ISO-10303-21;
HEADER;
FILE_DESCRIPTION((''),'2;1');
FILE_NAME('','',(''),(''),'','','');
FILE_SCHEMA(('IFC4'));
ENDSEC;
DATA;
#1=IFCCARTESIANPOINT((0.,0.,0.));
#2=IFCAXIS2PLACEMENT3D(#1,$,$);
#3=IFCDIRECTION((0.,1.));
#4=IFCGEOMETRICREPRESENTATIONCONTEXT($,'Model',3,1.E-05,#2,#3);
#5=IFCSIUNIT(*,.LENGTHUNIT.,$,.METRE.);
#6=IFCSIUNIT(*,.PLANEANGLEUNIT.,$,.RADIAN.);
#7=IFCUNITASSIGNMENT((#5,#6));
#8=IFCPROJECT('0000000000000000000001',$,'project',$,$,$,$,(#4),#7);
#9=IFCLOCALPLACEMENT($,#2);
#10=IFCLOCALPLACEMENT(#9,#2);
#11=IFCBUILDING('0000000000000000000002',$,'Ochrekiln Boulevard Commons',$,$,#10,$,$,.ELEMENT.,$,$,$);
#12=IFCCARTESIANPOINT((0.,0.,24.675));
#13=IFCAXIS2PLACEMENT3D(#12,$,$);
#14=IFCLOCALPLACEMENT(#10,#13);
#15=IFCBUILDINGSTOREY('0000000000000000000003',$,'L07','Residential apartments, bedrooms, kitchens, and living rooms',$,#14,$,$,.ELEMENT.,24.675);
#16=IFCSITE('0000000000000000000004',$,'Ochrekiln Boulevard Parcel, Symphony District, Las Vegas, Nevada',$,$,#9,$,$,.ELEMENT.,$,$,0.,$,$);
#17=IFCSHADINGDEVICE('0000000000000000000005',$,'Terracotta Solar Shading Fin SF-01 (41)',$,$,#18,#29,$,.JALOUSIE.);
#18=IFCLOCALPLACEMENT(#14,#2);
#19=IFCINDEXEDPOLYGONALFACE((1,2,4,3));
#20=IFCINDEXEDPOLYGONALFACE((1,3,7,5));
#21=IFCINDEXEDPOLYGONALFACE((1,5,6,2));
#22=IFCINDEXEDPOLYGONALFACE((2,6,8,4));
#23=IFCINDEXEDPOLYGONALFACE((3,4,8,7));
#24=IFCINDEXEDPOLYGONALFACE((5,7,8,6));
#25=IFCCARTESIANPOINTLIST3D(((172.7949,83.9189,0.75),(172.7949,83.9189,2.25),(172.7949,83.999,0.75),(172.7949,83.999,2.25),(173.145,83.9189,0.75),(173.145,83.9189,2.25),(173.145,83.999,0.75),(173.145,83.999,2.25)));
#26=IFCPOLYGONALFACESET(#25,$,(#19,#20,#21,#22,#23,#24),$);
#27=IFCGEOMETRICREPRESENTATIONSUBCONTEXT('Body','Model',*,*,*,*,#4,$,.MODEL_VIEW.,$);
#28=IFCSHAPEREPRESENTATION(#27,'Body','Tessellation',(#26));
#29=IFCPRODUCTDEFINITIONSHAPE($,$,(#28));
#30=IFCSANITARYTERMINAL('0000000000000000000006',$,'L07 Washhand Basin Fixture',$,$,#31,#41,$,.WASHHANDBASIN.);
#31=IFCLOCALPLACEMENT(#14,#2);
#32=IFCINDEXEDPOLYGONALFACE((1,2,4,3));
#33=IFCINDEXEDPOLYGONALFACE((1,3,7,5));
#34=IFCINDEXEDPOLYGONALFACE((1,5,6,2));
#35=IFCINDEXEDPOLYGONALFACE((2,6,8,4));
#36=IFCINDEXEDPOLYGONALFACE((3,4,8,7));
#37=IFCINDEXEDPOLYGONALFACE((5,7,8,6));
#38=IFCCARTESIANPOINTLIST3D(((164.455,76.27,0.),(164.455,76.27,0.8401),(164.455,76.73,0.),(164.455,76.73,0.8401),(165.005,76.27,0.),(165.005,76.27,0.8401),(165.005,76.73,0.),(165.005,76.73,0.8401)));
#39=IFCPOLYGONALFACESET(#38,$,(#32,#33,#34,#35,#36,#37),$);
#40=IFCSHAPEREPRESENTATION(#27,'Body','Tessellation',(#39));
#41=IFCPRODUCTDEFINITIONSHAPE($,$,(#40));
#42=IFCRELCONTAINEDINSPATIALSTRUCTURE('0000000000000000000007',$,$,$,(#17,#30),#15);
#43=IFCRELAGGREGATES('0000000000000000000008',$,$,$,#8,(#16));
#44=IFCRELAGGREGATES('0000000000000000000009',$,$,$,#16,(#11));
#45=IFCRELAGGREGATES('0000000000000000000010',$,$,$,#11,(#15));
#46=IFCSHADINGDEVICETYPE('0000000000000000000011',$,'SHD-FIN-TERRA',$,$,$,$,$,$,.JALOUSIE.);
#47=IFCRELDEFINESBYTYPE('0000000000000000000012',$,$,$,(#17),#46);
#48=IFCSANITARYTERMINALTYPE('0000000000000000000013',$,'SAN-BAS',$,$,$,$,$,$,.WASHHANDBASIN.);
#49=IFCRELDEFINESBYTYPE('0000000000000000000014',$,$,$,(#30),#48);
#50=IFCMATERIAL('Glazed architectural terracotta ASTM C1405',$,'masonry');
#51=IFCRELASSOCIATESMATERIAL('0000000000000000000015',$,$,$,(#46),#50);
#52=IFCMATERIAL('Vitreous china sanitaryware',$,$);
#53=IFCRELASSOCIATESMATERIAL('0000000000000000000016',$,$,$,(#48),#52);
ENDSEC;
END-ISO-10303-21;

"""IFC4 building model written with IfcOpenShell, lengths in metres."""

from ifc_helpers import new_model, si_unit, direction, frame, origin, origin_2d, place, context, subcontext, project, spatial, rectangle, extrude, material, type_object, element, save


model = new_model("IFC4")

# Units and contexts
model_context = context("Model", 3, precision=1e-05, world=origin(), true_north=direction((0.0, 1.0)))
body_context = subcontext(model_context, "Body", "Model", "MODEL_VIEW")
ifc_project = project(units=[si_unit("LENGTHUNIT", "METRE"), si_unit("PLANEANGLEUNIT", "RADIAN")], contexts=[model_context])

# Site, building, storey
site_placement = place(None, origin())
site = spatial("IfcSite", under=ifc_project, at=site_placement, Name="Ochrekiln Boulevard Parcel, Symphony District, Las Vegas, Nevada", CompositionType="ELEMENT", RefElevation=0.0)
building_placement = place(site_placement, origin())
building = spatial("IfcBuilding", under=site, at=building_placement, Name="Ochrekiln Boulevard Commons", CompositionType="ELEMENT")
storey_placement = place(building_placement, frame((0.0, 0.0, 24.675)))
storey = spatial("IfcBuildingStorey", under=building, at=storey_placement, Name="L07", Description="Residential apartments, bedrooms, kitchens, and living rooms", CompositionType="ELEMENT", Elevation=24.675)

# Shading device
ifc_material_1 = material(Name="Glazed architectural terracotta ASTM C1405", Category="masonry")
shading_device_type = type_object("IfcShadingDeviceType", Name="SHD-FIN-TERRA", PredefinedType="JALOUSIE", material=ifc_material_1)
shading_device_placement = place(storey_placement, frame((172.97, 83.959, 0.75), z_axis=(0.0, 0.0, 1.0), x_axis=(1.0, 0.0, 0.0)))
element("IfcShadingDevice", 1, at=shading_device_placement, inside=storey, type_object=shading_device_type, Name="Terracotta Solar Shading Fin SF-01 (41)", PredefinedType="JALOUSIE", context=body_context, shape_type="SweptSolid", body=[
    extrude(rectangle(XDim=0.3501, YDim=0.0801, at=origin_2d()), origin(), (0.0, 0.0, 1.0), 1.5),
])

# Sanitary terminal
ifc_material_2 = material(Name="Vitreous china sanitaryware")
sanitary_terminal_type = type_object("IfcSanitaryTerminalType", Name="SAN-BAS", PredefinedType="WASHHANDBASIN", material=ifc_material_2)
sanitary_terminal_placement = place(storey_placement, frame((164.73, 76.5, 0.0), z_axis=(0.0, 0.0, 1.0), x_axis=(1.0, 0.0, 0.0)))
element("IfcSanitaryTerminal", 2, at=sanitary_terminal_placement, inside=storey, type_object=sanitary_terminal_type, Name="L07 Washhand Basin Fixture", PredefinedType="WASHHANDBASIN", context=body_context, shape_type="SweptSolid", body=[
    extrude(rectangle(XDim=0.55, YDim=0.46, at=origin_2d()), origin(), (0.0, 0.0, 1.0), 0.8401),
])

save(model, "model.ifc")
